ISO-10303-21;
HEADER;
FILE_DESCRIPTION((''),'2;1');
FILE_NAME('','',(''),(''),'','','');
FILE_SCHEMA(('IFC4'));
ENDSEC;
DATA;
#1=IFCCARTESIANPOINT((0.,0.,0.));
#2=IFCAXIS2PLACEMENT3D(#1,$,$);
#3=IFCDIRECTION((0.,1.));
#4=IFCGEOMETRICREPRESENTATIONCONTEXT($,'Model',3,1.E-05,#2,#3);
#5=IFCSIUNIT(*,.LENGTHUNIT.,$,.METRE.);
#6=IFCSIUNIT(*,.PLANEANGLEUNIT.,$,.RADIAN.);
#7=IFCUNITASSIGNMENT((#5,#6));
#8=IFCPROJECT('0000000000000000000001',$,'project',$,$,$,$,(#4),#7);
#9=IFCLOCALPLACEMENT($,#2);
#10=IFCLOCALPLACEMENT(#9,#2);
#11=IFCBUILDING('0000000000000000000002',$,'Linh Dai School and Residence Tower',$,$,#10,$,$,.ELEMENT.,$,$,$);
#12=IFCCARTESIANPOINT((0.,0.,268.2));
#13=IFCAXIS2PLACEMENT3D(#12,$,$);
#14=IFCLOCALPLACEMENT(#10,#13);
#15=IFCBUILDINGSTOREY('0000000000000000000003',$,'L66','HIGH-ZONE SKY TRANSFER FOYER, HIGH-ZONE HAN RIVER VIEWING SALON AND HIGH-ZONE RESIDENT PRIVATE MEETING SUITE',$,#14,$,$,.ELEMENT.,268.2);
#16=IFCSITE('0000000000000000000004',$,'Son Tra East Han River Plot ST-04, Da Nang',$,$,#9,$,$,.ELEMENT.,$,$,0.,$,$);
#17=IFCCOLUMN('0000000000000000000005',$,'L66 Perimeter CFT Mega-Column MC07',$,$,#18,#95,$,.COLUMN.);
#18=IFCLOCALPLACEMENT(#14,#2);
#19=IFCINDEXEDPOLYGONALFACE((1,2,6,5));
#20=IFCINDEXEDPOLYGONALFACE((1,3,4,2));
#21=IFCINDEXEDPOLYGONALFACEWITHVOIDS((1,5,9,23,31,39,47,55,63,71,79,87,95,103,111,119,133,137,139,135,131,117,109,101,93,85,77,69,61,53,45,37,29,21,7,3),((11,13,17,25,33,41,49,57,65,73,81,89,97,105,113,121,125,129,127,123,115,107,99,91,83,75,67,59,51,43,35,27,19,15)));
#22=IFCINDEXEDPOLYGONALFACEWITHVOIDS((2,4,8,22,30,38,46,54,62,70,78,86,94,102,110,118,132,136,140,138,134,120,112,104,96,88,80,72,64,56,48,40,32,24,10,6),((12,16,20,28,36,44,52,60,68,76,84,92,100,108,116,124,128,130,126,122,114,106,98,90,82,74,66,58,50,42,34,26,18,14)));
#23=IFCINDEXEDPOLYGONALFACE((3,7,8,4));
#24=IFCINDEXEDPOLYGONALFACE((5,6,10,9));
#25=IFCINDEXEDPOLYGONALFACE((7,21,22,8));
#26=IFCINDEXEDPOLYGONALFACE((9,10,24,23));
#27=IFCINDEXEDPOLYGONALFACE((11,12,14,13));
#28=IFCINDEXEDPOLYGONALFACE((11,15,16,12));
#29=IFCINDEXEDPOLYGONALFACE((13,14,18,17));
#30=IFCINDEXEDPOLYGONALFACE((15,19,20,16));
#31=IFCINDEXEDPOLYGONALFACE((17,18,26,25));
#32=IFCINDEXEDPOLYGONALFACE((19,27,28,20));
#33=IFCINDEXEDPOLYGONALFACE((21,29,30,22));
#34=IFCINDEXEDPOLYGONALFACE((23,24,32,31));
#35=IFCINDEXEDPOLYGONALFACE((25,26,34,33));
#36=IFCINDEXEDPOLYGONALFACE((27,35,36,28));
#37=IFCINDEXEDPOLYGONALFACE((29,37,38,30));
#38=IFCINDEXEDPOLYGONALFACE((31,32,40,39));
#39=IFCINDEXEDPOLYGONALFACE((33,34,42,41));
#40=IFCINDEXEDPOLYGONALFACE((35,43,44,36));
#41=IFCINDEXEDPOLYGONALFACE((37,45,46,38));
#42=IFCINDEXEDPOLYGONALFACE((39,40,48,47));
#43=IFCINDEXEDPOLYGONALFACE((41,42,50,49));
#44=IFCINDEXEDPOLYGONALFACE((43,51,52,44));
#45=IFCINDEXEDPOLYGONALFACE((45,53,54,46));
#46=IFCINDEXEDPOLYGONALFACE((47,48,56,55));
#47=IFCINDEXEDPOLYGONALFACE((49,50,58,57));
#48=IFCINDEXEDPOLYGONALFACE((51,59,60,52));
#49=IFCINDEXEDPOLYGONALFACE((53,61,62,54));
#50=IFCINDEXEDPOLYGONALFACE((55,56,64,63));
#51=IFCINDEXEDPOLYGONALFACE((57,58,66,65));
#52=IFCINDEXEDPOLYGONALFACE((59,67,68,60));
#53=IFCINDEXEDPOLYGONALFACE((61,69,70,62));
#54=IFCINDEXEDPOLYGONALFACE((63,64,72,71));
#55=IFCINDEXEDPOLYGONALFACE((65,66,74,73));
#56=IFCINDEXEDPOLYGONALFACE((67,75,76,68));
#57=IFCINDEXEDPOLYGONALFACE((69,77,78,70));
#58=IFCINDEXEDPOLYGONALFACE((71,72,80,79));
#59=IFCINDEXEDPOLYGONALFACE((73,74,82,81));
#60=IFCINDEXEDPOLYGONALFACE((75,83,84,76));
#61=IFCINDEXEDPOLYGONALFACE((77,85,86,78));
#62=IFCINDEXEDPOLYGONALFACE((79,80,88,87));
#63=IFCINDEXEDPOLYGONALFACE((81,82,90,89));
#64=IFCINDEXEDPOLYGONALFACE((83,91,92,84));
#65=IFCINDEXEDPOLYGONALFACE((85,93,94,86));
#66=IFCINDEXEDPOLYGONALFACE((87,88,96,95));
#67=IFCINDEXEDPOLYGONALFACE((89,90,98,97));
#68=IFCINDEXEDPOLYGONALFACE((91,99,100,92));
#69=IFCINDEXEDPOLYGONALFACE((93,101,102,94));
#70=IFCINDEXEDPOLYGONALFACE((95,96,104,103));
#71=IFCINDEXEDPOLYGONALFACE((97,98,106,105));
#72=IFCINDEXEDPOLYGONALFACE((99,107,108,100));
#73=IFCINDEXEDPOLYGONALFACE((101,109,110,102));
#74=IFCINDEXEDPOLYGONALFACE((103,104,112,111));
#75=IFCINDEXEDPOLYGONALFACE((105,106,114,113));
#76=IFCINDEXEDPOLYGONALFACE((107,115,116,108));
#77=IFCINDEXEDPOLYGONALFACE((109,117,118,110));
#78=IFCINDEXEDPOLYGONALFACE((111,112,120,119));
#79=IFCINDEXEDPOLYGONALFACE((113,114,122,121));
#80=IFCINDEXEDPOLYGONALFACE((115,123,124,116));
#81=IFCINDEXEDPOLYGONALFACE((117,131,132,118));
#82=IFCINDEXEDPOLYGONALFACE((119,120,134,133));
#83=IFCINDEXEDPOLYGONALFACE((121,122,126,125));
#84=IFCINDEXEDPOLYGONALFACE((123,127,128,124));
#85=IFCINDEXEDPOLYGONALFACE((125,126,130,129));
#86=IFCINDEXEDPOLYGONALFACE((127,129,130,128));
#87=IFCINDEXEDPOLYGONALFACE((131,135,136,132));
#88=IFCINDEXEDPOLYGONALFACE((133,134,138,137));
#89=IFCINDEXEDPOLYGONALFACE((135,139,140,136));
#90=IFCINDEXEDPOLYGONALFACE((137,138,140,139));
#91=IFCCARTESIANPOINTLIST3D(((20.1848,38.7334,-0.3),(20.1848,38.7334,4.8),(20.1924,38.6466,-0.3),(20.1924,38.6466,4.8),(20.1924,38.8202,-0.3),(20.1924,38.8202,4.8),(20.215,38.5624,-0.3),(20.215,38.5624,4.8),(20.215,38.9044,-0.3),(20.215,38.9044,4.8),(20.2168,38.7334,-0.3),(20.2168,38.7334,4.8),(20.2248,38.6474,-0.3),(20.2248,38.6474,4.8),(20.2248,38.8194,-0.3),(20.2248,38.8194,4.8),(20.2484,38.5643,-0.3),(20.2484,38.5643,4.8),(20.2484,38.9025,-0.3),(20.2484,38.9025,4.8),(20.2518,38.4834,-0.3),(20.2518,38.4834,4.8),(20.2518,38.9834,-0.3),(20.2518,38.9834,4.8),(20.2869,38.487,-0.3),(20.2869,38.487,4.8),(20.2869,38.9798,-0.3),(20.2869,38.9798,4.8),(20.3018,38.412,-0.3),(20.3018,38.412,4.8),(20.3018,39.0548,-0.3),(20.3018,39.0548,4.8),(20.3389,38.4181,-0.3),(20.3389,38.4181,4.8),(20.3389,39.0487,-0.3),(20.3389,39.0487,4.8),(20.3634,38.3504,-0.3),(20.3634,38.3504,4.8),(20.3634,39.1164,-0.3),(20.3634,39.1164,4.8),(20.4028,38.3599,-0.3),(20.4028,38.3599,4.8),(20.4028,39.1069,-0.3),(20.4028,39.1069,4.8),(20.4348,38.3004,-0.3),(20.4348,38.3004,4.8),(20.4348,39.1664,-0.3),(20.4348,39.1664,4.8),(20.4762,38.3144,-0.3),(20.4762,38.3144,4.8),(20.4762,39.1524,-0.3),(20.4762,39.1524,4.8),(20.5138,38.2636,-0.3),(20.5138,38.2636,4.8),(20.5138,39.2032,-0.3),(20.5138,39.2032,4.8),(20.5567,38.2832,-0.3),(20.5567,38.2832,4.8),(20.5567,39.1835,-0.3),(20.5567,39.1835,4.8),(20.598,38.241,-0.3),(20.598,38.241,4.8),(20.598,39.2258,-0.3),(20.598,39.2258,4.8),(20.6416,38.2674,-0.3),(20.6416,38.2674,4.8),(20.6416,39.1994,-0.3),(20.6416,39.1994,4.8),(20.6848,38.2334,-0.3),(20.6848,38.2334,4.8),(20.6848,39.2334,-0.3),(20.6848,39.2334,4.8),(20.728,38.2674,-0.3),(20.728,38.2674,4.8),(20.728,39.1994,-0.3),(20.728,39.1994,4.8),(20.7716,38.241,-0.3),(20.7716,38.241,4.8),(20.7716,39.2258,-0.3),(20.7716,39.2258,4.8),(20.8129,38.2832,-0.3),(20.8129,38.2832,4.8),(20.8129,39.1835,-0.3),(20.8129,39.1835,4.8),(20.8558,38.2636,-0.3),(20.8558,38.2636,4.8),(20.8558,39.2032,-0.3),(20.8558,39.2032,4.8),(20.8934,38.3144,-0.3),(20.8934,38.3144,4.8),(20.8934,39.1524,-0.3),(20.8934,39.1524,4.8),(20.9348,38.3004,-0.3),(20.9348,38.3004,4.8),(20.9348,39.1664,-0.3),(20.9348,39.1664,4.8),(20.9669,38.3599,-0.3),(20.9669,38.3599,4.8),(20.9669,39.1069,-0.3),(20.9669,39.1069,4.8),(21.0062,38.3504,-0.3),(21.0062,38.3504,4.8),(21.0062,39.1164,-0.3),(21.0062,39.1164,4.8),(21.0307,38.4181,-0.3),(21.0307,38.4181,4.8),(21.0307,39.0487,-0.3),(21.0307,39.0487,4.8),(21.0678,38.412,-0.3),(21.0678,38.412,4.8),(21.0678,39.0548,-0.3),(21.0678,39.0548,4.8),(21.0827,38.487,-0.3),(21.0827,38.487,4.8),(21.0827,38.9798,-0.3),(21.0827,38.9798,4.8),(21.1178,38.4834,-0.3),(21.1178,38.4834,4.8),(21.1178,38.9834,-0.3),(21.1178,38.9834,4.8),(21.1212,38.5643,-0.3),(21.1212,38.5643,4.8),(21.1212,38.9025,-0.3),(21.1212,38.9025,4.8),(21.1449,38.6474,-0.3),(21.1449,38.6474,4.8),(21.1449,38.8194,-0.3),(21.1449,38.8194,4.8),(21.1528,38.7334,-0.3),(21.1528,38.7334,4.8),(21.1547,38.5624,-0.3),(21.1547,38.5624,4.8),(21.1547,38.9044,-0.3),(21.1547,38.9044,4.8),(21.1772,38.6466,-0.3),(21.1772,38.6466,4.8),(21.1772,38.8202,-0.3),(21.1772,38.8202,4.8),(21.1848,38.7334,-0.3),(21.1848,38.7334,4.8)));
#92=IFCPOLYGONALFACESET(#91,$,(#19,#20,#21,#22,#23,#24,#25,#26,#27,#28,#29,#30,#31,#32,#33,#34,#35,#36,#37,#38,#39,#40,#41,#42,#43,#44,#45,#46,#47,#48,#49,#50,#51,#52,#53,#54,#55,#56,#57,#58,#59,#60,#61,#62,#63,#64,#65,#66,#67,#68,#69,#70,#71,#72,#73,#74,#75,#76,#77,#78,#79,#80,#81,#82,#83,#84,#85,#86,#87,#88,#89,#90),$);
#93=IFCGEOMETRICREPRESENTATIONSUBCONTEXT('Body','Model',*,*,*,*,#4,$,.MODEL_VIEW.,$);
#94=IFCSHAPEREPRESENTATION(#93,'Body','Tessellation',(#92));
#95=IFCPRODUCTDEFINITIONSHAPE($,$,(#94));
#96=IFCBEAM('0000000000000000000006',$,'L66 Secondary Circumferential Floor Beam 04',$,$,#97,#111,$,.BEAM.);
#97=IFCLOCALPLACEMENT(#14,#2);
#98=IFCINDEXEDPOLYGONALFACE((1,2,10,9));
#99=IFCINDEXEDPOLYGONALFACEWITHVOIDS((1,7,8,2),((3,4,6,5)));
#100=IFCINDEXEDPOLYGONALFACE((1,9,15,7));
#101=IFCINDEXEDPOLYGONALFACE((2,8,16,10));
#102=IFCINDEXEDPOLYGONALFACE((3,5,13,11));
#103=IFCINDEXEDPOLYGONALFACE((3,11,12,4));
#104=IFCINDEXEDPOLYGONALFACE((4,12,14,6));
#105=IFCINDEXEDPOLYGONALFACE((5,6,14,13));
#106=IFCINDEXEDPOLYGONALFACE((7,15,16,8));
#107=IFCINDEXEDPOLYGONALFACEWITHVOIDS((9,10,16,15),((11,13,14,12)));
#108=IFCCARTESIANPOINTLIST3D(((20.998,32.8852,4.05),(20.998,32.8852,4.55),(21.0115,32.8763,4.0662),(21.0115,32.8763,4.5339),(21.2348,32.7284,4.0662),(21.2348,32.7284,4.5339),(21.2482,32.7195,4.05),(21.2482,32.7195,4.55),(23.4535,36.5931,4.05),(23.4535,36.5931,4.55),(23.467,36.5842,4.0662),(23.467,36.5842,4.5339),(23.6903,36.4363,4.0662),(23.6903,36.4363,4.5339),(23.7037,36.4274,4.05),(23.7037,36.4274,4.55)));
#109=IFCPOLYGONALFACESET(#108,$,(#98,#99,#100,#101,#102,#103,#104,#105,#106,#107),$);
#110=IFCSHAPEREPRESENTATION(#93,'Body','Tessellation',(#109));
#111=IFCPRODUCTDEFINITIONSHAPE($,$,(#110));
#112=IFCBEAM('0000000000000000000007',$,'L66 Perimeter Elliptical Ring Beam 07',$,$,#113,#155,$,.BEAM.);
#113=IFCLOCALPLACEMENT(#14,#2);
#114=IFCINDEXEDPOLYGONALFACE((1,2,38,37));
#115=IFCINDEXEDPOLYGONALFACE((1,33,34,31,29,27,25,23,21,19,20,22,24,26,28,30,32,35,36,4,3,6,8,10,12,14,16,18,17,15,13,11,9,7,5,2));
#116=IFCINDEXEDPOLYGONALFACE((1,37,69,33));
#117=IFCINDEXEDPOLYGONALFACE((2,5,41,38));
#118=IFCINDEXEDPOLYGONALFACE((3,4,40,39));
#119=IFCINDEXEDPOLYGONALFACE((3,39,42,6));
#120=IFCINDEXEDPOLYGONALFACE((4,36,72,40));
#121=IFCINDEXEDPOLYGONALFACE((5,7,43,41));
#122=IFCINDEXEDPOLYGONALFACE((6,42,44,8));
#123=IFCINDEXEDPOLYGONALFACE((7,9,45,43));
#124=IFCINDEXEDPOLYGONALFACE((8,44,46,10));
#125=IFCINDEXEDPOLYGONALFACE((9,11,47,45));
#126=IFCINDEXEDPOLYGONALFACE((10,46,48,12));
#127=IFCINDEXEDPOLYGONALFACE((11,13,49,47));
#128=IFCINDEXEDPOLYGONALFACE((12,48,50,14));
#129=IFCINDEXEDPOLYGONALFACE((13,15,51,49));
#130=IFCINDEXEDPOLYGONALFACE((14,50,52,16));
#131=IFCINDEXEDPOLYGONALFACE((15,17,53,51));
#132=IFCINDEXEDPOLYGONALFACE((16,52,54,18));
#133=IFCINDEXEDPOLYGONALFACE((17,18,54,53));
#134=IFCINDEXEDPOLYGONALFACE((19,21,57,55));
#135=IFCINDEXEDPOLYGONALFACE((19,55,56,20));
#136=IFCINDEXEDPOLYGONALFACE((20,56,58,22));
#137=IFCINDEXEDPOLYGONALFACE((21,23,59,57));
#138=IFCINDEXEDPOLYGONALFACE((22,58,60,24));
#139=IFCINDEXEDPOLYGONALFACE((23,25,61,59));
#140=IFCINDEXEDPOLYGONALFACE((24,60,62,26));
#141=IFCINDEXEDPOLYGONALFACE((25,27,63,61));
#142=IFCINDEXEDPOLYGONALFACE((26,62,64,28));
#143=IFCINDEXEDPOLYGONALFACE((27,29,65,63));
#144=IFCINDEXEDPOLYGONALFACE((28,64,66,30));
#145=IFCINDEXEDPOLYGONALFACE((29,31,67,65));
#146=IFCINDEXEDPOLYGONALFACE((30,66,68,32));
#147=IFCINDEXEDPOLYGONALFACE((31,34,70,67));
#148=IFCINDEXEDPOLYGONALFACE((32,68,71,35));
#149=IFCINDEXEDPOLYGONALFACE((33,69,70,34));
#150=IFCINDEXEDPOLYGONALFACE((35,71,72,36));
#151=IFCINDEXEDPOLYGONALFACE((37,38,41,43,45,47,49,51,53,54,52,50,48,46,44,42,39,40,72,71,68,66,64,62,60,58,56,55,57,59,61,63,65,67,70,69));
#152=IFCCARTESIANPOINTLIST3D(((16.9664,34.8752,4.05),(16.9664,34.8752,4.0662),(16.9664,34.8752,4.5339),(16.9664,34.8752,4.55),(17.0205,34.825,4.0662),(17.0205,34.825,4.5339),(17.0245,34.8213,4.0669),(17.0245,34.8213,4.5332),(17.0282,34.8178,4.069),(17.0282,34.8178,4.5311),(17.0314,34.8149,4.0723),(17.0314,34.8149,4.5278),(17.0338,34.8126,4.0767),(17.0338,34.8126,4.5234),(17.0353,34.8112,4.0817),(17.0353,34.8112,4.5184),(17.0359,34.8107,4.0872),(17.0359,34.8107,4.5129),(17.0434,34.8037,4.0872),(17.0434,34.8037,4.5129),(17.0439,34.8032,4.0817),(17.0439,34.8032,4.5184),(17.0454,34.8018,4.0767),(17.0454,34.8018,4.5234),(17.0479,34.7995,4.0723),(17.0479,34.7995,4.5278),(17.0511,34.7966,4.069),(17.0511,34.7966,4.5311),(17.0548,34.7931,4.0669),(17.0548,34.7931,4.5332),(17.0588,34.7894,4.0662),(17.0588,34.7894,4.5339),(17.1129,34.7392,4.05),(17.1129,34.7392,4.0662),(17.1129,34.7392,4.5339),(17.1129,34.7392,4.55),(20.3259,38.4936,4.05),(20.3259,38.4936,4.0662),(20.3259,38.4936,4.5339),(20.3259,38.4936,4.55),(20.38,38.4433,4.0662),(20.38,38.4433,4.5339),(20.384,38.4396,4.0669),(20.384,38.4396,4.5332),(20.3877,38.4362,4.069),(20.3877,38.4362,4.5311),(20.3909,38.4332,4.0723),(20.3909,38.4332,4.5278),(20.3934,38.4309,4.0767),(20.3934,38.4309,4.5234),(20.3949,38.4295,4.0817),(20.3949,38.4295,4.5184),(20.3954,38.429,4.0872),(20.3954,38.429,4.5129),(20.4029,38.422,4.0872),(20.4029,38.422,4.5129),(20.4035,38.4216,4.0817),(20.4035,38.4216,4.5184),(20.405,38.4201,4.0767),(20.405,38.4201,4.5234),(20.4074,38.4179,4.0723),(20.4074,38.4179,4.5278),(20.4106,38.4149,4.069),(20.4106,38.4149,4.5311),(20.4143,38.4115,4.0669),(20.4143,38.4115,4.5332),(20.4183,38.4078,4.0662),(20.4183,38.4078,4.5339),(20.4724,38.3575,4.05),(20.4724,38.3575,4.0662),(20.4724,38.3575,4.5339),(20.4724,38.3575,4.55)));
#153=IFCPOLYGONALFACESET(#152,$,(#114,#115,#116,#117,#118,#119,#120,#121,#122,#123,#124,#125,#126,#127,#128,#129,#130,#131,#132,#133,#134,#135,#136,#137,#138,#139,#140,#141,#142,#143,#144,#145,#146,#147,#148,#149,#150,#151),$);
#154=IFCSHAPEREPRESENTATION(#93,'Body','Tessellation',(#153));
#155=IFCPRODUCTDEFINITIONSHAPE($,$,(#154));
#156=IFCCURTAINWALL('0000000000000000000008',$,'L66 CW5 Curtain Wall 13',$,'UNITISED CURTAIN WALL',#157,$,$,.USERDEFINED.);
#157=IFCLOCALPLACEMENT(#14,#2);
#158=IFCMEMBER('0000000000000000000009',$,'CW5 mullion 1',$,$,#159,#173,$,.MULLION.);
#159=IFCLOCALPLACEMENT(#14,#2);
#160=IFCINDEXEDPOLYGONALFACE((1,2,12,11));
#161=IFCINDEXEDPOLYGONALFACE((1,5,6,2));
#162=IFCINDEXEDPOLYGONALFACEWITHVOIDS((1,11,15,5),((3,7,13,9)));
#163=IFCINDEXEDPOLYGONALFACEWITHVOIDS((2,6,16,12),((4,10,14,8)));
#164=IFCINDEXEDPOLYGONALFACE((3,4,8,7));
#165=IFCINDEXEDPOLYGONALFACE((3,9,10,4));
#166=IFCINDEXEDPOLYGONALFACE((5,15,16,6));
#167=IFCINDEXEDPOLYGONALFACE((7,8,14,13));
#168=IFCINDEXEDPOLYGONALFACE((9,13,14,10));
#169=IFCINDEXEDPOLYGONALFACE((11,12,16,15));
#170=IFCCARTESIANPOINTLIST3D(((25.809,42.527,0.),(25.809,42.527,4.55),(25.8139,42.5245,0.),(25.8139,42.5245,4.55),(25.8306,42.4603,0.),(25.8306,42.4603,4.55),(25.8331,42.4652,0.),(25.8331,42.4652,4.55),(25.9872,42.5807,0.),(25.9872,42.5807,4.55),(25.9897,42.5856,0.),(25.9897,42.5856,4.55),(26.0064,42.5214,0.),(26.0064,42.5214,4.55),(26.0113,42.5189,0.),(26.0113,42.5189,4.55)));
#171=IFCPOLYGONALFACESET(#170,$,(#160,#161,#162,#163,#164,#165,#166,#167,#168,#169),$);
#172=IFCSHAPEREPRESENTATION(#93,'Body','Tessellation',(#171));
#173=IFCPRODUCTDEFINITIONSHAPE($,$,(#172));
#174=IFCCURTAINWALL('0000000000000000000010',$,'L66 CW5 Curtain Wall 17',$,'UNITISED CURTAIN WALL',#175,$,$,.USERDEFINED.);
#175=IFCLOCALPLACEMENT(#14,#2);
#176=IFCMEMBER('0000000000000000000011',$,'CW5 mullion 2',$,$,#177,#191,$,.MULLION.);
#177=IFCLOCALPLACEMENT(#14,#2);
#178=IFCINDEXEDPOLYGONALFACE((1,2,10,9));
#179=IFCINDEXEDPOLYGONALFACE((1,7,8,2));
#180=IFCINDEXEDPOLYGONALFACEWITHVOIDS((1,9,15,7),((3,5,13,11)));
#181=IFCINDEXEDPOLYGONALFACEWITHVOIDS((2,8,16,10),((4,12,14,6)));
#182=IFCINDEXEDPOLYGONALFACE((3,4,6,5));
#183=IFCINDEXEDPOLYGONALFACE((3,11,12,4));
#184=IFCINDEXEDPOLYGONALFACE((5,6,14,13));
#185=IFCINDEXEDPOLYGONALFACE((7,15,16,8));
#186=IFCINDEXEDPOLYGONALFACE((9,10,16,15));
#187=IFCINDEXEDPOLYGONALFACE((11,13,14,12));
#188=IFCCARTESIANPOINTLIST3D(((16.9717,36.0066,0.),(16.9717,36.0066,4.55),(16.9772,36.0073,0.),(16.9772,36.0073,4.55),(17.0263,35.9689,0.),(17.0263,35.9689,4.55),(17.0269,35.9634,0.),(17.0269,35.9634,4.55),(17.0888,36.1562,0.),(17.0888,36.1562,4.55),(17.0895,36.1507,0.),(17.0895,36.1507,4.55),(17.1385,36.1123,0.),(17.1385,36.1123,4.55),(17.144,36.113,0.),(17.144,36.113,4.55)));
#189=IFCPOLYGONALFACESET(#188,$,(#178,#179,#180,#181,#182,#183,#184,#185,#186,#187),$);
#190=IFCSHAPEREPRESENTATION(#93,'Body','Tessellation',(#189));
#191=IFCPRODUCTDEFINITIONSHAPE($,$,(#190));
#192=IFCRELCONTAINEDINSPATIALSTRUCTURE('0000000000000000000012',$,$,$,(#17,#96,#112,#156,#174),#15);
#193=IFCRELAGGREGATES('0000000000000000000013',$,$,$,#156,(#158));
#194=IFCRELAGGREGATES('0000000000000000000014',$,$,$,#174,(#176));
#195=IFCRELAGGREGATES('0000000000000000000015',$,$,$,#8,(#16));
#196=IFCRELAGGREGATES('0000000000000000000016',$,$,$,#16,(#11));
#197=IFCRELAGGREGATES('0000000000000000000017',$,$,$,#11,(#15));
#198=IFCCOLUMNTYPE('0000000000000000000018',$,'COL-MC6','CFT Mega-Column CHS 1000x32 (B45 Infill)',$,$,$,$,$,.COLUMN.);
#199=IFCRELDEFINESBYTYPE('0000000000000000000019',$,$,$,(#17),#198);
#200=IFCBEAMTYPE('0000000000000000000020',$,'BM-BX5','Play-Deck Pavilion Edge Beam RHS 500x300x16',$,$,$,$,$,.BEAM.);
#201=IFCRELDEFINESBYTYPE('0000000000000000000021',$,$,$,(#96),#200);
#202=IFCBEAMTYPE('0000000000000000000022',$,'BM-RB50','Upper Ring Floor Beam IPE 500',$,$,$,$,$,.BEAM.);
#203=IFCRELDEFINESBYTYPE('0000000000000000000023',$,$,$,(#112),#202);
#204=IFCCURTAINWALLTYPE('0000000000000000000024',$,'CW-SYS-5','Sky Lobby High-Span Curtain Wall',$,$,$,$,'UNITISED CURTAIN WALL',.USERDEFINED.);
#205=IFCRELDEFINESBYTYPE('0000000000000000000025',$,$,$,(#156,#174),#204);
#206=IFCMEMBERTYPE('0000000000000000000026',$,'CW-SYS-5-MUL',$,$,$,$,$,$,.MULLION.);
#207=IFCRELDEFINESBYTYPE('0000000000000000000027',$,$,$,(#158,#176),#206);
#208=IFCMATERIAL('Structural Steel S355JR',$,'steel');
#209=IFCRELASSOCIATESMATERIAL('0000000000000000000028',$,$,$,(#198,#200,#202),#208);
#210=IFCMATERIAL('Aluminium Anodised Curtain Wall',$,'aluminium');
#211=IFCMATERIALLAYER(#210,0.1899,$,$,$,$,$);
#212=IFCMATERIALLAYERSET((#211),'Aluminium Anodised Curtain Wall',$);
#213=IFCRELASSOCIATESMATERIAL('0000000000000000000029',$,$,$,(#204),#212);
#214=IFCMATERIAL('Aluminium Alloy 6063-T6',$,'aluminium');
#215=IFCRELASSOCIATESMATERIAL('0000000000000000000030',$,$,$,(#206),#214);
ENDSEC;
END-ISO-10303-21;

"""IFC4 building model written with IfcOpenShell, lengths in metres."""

from ifc_helpers import new_model, si_unit, direction, frame, origin, origin_2d, place, context, subcontext, project, spatial, hollow_rectangle, hollow_circle, i_section, extrude, source, transform, mapped, material, layer, layer_set, material_profile, profile_set, type_object, element, aggregate, save


model = new_model("IFC4")

# Units and contexts
model_context = context("Model", 3, precision=1e-05, world=origin(), true_north=direction((0.0, 1.0)))
body_context = subcontext(model_context, "Body", "Model", "MODEL_VIEW")
ifc_project = project(units=[si_unit("LENGTHUNIT", "METRE"), si_unit("PLANEANGLEUNIT", "RADIAN")], contexts=[model_context])

# Site, building, storey
site_placement = place(None, origin())
site = spatial("IfcSite", under=ifc_project, at=site_placement, Name="Son Tra East Han River Plot ST-04, Da Nang", CompositionType="ELEMENT", RefElevation=0.0)
building_placement = place(site_placement, origin())
building = spatial("IfcBuilding", under=site, at=building_placement, Name="Linh Dai School and Residence Tower", CompositionType="ELEMENT")
storey_placement = place(building_placement, frame((0.0, 0.0, 268.2)))
storey = spatial("IfcBuildingStorey", under=building, at=storey_placement, Name="L66", Description="HIGH-ZONE SKY TRANSFER FOYER, HIGH-ZONE HAN RIVER VIEWING SALON AND HIGH-ZONE RESIDENT PRIVATE MEETING SUITE", CompositionType="ELEMENT", Elevation=268.2)

# Column
ifc_material_1 = material(Name="Structural Steel S355JR", Category="steel")
ifc_material_profile_1 = material_profile(ifc_material_1, hollow_circle(Radius=0.5, WallThickness=0.032, at=origin_2d()), Name="CHS 1000x32")
ifc_profile_set_1 = profile_set([ifc_material_profile_1], Name="Structural Steel S355JR")
column_type = type_object("IfcColumnType", Name="COL-MC6", Description="CFT Mega-Column CHS 1000x32 (B45 Infill)", PredefinedType="COLUMN", material=ifc_profile_set_1)
column_placement = place(storey_placement, frame((20.6848, 38.7334, -0.3), z_axis=(0.0, 0.0, 1.0), x_axis=(1.0, 0.0, 0.0)))
element("IfcColumn", 1, at=column_placement, inside=storey, type_object=column_type, Name="L66 Perimeter CFT Mega-Column MC07", PredefinedType="COLUMN", context=body_context, shape_type="SweptSolid", body=[
    extrude(hollow_circle(Radius=0.5, WallThickness=0.032, at=origin_2d()), origin(), (0.0, 0.0, 1.0), 5.1001),
])

# Beams
ifc_material_profile_2 = material_profile(ifc_material_1, hollow_rectangle(XDim=0.3, YDim=0.5, WallThickness=0.0161, at=origin_2d()), Name="RHS 500x300x16")
ifc_profile_set_2 = profile_set([ifc_material_profile_2], Name="Structural Steel S355JR")
beam_type_1 = type_object("IfcBeamType", Name="BM-BX5", Description="Play-Deck Pavilion Edge Beam RHS 500x300x16", PredefinedType="BEAM", material=ifc_profile_set_2)
beam_1_placement = place(storey_placement, frame((23.5786, 36.5103, 4.3), z_axis=(-0.552139, -0.833752, 0.0), x_axis=(0.833752, -0.552139, 0.0)))
element("IfcBeam", 2, at=beam_1_placement, inside=storey, type_object=beam_type_1, Name="L66 Secondary Circumferential Floor Beam 04", PredefinedType="BEAM", context=body_context, shape_type="SweptSolid", body=[
    extrude(hollow_rectangle(XDim=0.3, YDim=0.5, WallThickness=0.0161, at=origin_2d()), origin(), (0.0, 0.0, 1.0), 4.4473),
])
ifc_material_profile_3 = material_profile(ifc_material_1, i_section(OverallWidth=0.2, OverallDepth=0.5, WebThickness=0.0103, FlangeThickness=0.0161, FilletRadius=0.021, at=origin_2d()), Name="IPE 500")
ifc_profile_set_3 = profile_set([ifc_material_profile_3], Name="Structural Steel S355JR")
beam_type_2 = type_object("IfcBeamType", Name="BM-RB50", Description="Upper Ring Floor Beam IPE 500", PredefinedType="BEAM", material=ifc_profile_set_3)
beam_2_placement = place(storey_placement, frame((20.3992, 38.4255, 4.3), z_axis=(-0.680415, -0.732827, 0.0), x_axis=(0.732827, -0.680415, 0.0)))
element("IfcBeam", 3, at=beam_2_placement, inside=storey, type_object=beam_type_2, Name="L66 Perimeter Elliptical Ring Beam 07", PredefinedType="BEAM", context=body_context, shape_type="SweptSolid", body=[
    extrude(i_section(OverallWidth=0.2, OverallDepth=0.5, WebThickness=0.0103, FlangeThickness=0.0161, FilletRadius=0.021, at=origin_2d()), origin(), (0.0, 0.0, 1.0), 4.9375),
])

# Curtain wall, member
ifc_material_2 = material(Name="Aluminium Anodised Curtain Wall", Category="aluminium")
ifc_layer_1 = layer(ifc_material_2, 0.1899)
ifc_layer_set_1 = layer_set([ifc_layer_1], Name="Aluminium Anodised Curtain Wall")
curtain_wall_type = type_object("IfcCurtainWallType", Name="CW-SYS-5", Description="Sky Lobby High-Span Curtain Wall", ElementType="UNITISED CURTAIN WALL", PredefinedType="USERDEFINED", material=ifc_layer_set_1)
curtain_wall_1_placement = place(storey_placement, origin())
curtain_wall_1 = element("IfcCurtainWall", 4, at=curtain_wall_1_placement, inside=storey, type_object=curtain_wall_type, Name="L66 CW5 Curtain Wall 13", ObjectType="UNITISED CURTAIN WALL", PredefinedType="USERDEFINED")
ifc_material_3 = material(Name="Aluminium Alloy 6063-T6", Category="aluminium")
ifc_material_profile_4 = material_profile(ifc_material_3, hollow_rectangle(XDim=0.0701, YDim=0.1899, WallThickness=0.0039, at=origin_2d()), Name="RHS 190x70x4")
ifc_profile_set_4 = profile_set([ifc_material_profile_4], Name="Aluminium Alloy 6063-T6")
member_type_1 = type_object("IfcMemberType", Name="CW-SYS-5-MUL", PredefinedType="MULLION", material=ifc_profile_set_4)
shared_shape_1 = source(origin(), body_context, "Body", "SweptSolid", [
    extrude(hollow_rectangle(XDim=0.0701, YDim=0.1899, WallThickness=0.0039, at=origin_2d()), origin(), (0.0, 0.0, 1.0), 4.55),
])
member_1_placement = place(storey_placement, frame((25.9102, 42.5229, 0.0), z_axis=(0.0, 0.0, 1.0), x_axis=(-0.308519, 0.951218, 0.0)))
member_1 = element("IfcMember", 5, at=member_1_placement, type_object=member_type_1, Name="CW5 mullion 1", PredefinedType="MULLION", context=body_context, shape_type="MappedRepresentation", body=[
    mapped(shared_shape_1, transform((0.0, 0.0, 0.0), x_axis=(1.0, 0.0, 0.0), y_axis=(0.0, 1.0, 0.0), z_axis=(0.0, 0.0, 1.0), scale=1.0)),
])

# Curtain wall, member
curtain_wall_2_placement = place(storey_placement, origin())
curtain_wall_2 = element("IfcCurtainWall", 6, at=curtain_wall_2_placement, inside=storey, type_object=curtain_wall_type, Name="L66 CW5 Curtain Wall 17", ObjectType="UNITISED CURTAIN WALL", PredefinedType="USERDEFINED")
member_2_placement = place(storey_placement, frame((17.0579, 36.0598, 0.0), z_axis=(0.0, 0.0, 1.0), x_axis=(-0.787503, 0.616311, 0.0)))
member_2 = element("IfcMember", 7, at=member_2_placement, type_object=member_type_1, Name="CW5 mullion 2", PredefinedType="MULLION", context=body_context, shape_type="MappedRepresentation", body=[
    mapped(shared_shape_1, transform((0.0, 0.0, 0.0), x_axis=(1.0, 0.0, 0.0), y_axis=(0.0, 1.0, 0.0), z_axis=(0.0, 0.0, 1.0), scale=1.0)),
])

aggregate(curtain_wall_1, [member_1])
aggregate(curtain_wall_2, [member_2])

save(model, "model.ifc")
